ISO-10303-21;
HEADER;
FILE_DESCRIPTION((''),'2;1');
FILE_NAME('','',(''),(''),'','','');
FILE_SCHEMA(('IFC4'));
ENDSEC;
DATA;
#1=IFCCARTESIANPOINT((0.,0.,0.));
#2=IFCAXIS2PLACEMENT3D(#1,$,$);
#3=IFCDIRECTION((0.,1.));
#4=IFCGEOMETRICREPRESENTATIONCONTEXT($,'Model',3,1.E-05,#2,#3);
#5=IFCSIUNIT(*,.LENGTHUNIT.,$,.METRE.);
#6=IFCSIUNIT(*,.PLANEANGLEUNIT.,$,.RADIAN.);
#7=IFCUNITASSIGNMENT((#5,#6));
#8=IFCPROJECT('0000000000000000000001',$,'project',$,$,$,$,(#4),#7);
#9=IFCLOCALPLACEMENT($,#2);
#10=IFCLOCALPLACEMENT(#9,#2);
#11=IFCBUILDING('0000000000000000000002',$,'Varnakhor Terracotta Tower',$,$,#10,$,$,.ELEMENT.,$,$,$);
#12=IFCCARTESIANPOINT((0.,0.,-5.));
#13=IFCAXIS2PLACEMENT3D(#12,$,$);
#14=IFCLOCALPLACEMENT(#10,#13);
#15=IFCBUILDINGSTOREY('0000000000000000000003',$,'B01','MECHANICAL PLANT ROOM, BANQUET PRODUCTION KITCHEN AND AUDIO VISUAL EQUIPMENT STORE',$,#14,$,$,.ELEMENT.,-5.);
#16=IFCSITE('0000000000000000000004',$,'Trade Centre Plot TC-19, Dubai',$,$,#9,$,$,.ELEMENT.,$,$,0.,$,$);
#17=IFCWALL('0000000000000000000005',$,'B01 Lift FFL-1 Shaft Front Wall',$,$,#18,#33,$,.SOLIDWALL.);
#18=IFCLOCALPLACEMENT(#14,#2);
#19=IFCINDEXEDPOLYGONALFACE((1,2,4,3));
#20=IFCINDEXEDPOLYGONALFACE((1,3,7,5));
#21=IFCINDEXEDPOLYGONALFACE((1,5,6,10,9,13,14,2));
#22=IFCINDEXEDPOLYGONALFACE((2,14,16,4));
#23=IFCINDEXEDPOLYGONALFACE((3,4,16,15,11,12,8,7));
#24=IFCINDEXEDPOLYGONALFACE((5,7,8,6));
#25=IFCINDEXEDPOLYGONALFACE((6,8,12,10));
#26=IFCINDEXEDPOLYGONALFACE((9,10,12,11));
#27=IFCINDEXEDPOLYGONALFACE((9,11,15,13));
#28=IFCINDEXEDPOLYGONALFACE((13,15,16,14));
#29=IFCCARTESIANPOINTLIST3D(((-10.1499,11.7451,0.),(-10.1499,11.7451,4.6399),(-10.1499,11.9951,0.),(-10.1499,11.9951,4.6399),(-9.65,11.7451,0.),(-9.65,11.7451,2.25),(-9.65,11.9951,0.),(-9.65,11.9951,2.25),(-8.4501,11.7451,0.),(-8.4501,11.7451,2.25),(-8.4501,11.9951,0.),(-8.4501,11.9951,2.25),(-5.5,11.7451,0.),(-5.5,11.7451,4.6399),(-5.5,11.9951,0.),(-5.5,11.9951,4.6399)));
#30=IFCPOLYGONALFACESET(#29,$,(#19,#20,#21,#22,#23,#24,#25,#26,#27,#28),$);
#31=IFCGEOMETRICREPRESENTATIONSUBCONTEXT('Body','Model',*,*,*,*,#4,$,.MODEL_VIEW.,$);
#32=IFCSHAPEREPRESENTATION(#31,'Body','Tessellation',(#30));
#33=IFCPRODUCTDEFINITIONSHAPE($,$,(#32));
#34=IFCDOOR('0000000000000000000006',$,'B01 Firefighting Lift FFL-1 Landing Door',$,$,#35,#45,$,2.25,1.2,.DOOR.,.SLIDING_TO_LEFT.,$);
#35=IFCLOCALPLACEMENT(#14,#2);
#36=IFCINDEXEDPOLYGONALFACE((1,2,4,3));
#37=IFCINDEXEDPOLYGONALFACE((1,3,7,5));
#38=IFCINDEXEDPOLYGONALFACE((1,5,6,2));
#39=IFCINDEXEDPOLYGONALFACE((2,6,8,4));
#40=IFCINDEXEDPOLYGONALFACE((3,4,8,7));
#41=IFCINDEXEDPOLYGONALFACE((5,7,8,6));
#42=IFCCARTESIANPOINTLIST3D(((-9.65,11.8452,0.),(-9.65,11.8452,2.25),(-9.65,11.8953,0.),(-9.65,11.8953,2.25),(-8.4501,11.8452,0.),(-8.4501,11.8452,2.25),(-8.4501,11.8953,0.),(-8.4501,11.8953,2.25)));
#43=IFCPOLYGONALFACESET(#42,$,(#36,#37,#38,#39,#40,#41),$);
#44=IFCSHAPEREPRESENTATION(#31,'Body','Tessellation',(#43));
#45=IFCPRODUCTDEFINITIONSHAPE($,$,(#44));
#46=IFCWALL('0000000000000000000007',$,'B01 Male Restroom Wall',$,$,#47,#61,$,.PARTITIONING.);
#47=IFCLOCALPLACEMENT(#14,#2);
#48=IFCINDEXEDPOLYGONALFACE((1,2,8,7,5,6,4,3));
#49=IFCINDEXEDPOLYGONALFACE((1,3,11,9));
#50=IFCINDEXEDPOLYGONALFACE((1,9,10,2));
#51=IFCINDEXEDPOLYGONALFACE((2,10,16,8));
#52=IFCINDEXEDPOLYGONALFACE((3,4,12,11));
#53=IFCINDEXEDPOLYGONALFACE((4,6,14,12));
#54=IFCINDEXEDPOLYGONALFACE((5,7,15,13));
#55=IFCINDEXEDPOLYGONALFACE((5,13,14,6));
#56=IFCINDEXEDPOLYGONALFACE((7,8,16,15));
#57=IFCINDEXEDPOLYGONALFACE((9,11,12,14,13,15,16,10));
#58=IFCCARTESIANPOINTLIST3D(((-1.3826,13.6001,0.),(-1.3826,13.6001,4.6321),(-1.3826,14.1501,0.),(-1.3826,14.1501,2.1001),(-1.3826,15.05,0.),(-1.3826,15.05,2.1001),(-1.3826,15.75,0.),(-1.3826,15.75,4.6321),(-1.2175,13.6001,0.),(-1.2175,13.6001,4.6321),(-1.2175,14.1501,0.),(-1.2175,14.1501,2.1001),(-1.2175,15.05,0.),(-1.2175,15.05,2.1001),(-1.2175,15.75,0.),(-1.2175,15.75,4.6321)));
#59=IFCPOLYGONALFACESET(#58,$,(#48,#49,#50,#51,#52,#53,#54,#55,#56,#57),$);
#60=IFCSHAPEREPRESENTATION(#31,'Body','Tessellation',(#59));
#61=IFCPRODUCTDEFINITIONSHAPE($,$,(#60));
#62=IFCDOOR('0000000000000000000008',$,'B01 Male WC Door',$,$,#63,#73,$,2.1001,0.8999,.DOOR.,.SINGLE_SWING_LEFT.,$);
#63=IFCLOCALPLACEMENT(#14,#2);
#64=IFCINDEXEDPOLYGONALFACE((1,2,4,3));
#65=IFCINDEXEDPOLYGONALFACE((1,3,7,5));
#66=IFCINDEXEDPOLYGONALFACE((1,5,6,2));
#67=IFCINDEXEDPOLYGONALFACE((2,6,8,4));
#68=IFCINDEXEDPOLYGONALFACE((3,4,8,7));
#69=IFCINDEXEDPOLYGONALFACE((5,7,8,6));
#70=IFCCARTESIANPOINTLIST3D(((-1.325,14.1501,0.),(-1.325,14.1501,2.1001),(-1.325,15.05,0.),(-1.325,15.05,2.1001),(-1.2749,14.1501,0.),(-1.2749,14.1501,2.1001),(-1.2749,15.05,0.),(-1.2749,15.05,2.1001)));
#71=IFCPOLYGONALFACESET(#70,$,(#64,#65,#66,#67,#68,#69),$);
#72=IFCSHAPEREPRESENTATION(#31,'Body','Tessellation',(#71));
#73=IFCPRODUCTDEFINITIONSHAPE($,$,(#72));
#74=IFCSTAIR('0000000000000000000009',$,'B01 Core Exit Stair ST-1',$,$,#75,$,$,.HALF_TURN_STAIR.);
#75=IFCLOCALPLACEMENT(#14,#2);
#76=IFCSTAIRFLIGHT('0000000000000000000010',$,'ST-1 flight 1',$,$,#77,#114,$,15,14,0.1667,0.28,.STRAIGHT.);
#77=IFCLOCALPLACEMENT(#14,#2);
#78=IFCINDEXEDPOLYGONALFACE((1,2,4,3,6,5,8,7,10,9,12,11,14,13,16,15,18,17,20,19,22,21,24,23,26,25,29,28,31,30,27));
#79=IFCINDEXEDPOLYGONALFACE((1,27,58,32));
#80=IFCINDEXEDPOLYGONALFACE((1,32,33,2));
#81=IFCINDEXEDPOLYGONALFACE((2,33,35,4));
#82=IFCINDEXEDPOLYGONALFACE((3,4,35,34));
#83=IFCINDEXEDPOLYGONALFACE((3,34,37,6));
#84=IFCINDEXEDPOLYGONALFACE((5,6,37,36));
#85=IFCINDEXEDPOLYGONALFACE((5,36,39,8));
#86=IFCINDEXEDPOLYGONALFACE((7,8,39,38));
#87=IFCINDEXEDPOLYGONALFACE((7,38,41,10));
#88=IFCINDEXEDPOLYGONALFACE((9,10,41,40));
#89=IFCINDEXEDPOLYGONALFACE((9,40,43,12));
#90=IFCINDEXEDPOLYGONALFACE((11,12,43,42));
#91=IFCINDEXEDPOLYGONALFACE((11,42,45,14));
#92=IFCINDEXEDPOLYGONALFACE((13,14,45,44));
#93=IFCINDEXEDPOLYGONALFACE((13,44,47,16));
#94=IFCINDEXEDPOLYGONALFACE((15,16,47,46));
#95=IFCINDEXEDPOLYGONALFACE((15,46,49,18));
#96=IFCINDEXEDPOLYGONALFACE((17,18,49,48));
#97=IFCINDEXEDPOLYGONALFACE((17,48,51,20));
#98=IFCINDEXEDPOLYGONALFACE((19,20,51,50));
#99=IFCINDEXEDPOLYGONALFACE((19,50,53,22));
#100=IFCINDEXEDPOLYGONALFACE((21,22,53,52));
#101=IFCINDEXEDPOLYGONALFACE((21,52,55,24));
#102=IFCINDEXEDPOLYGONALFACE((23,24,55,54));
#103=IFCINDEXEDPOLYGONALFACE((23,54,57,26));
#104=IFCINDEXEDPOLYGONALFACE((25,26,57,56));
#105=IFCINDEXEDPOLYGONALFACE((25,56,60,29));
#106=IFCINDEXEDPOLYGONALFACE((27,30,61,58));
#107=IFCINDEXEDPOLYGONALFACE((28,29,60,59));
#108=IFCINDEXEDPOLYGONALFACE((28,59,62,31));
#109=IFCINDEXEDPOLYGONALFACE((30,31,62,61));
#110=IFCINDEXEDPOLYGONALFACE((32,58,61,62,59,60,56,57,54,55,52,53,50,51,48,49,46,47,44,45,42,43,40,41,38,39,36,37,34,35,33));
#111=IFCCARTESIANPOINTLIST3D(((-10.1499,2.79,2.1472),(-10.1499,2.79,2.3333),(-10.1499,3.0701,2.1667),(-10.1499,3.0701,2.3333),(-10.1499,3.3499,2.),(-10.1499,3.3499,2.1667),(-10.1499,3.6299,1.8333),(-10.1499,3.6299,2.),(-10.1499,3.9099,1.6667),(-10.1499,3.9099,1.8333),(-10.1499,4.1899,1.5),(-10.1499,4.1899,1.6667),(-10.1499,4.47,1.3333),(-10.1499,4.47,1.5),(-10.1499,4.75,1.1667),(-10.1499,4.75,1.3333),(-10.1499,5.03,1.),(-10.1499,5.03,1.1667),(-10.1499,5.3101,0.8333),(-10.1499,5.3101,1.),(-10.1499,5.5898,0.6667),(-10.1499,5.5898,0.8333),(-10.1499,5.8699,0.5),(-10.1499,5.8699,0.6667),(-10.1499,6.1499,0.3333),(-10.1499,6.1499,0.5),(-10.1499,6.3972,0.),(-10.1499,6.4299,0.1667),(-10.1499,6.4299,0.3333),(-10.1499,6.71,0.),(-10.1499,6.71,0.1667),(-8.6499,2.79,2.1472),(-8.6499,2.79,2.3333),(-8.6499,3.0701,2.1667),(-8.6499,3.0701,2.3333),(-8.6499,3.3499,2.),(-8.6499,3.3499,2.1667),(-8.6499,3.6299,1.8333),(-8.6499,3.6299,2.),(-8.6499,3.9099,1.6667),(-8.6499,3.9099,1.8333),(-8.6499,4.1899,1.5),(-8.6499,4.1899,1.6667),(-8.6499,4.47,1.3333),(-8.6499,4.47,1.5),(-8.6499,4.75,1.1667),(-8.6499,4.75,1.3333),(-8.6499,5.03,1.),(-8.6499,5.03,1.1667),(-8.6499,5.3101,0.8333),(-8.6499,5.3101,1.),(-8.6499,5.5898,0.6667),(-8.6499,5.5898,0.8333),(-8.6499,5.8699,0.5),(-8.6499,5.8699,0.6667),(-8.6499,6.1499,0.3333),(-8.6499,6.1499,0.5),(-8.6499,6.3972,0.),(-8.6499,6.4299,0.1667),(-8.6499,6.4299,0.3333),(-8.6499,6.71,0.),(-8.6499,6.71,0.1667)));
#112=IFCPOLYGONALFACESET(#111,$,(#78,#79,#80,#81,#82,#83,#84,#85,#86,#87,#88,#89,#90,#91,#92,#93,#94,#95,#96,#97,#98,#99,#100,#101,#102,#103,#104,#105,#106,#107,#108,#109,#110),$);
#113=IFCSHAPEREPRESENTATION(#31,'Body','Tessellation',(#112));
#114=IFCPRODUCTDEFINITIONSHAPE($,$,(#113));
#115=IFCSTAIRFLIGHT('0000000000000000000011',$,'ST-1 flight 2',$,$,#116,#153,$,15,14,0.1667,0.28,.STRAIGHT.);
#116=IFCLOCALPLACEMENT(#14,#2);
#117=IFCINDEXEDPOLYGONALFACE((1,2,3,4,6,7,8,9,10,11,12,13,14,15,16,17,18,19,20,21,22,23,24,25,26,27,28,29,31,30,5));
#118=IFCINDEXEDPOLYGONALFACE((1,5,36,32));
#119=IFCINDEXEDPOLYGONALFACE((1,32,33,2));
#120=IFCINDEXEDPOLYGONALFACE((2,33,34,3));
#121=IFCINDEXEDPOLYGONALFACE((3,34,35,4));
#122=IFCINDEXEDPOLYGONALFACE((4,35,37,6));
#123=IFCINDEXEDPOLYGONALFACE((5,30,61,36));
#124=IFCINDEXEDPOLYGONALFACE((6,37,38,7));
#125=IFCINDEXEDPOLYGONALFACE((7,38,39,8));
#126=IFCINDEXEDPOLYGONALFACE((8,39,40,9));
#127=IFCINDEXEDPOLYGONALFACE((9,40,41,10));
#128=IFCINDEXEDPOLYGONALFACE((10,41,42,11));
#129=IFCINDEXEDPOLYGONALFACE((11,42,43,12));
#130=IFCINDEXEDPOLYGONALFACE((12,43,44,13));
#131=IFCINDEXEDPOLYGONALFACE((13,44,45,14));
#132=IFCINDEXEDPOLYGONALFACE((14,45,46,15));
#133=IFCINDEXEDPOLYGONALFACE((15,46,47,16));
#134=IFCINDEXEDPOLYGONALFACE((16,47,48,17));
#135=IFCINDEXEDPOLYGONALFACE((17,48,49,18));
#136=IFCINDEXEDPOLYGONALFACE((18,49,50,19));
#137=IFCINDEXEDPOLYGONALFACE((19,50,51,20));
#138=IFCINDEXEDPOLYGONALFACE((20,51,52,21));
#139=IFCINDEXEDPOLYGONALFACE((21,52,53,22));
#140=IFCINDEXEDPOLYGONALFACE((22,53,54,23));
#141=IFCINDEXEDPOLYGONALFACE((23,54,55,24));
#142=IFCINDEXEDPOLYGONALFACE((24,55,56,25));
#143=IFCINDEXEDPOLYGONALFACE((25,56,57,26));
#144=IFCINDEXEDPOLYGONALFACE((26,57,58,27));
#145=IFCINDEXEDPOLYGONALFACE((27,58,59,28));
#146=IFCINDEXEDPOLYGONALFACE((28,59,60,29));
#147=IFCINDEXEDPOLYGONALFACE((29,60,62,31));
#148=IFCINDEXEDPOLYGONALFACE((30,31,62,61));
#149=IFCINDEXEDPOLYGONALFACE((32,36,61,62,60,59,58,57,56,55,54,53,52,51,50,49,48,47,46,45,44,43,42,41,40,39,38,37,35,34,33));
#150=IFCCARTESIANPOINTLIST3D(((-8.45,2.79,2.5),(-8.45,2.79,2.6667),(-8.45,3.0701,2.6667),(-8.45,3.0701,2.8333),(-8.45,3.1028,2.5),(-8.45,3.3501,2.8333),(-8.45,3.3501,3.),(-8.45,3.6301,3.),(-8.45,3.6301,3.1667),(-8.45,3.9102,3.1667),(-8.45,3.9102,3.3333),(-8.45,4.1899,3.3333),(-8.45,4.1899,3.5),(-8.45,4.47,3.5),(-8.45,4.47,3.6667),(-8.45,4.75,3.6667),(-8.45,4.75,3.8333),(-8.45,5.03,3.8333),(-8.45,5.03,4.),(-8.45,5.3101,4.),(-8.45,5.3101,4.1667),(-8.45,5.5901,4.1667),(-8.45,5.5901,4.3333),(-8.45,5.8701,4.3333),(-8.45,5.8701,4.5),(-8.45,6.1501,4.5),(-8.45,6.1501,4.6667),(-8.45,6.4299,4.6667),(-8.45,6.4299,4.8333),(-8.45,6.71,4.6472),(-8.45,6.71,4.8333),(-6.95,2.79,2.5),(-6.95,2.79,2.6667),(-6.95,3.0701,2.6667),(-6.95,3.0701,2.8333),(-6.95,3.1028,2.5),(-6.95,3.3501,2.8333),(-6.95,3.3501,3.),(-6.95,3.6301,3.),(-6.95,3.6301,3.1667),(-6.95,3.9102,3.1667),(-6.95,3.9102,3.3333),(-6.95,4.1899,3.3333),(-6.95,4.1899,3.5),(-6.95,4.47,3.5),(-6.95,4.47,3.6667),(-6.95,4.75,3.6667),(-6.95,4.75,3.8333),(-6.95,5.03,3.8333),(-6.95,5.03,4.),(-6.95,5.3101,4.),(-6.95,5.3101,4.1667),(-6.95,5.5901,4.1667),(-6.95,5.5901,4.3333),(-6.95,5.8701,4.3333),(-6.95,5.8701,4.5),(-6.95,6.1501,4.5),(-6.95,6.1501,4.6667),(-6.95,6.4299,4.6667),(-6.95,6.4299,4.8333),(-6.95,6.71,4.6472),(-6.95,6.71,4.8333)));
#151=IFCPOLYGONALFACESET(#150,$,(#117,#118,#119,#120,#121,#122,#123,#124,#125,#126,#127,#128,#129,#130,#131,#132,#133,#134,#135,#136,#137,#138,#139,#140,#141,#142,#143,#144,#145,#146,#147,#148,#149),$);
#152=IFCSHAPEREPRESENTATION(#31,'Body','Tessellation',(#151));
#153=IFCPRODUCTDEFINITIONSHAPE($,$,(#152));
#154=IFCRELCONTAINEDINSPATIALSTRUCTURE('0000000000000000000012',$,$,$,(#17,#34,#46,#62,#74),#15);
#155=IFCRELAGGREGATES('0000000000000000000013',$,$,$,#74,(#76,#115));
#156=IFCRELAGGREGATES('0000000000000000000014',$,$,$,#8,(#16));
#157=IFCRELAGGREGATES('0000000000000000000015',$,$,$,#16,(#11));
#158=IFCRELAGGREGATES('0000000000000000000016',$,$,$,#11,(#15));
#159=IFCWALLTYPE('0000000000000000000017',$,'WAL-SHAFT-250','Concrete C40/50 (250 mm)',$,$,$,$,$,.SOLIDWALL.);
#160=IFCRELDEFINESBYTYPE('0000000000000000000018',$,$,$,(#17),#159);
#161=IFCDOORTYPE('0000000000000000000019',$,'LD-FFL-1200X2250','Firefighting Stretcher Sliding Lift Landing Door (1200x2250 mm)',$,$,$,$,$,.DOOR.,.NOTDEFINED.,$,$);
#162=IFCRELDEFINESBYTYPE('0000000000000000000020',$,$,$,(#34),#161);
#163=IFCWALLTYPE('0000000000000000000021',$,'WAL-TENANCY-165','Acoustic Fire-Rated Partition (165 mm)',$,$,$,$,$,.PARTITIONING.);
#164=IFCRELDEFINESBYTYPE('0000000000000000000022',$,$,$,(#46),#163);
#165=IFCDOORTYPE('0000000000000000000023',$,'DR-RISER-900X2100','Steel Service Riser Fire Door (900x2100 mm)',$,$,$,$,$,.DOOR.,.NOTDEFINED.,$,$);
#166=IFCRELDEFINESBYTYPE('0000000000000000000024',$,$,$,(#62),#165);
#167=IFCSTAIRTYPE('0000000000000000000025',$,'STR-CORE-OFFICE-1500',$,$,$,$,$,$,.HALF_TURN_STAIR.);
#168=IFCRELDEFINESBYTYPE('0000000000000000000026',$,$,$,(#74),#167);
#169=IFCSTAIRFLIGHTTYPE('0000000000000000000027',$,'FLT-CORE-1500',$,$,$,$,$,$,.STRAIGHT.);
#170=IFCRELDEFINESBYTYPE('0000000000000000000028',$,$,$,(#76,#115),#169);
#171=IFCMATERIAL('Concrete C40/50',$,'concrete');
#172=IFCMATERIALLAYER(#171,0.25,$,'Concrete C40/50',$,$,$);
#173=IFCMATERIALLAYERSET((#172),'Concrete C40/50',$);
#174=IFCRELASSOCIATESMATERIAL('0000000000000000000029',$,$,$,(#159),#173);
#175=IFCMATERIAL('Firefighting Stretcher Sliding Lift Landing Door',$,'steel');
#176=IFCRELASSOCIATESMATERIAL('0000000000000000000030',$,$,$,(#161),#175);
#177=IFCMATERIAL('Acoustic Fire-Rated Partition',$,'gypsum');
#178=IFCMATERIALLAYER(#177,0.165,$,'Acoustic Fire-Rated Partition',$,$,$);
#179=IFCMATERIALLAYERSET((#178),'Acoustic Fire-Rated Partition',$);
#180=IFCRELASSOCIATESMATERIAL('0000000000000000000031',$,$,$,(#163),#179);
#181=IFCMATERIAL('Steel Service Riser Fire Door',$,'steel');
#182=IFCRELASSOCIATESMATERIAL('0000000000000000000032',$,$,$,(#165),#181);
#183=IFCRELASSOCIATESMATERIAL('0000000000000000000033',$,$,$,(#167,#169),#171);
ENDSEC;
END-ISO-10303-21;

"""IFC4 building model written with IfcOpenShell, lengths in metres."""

from ifc_helpers import new_model, si_unit, direction, frame, frame_2d, origin, place, context, subcontext, project, spatial, polyline, rectangle, outline, extrude, source, transform, mapped, material, layer, layer_set, type_object, type_shapes, element, fill, aggregate, save


model = new_model("IFC4")

# Units and contexts
model_context = context("Model", 3, precision=1e-05, world=origin(), true_north=direction((0.0, 1.0)))
body_context = subcontext(model_context, "Body", "Model", "MODEL_VIEW")
ifc_project = project(units=[si_unit("LENGTHUNIT", "METRE"), si_unit("PLANEANGLEUNIT", "RADIAN")], contexts=[model_context])

# Site, building, storey
site_placement = place(None, origin())
site = spatial("IfcSite", under=ifc_project, at=site_placement, Name="Trade Centre Plot TC-19, Dubai", CompositionType="ELEMENT", RefElevation=0.0)
building_placement = place(site_placement, origin())
building = spatial("IfcBuilding", under=site, at=building_placement, Name="Varnakhor Terracotta Tower", CompositionType="ELEMENT")
storey_placement = place(building_placement, frame((0.0, 0.0, -5.0)))
storey = spatial("IfcBuildingStorey", under=building, at=storey_placement, Name="B01", Description="MECHANICAL PLANT ROOM, BANQUET PRODUCTION KITCHEN AND AUDIO VISUAL EQUIPMENT STORE", CompositionType="ELEMENT", Elevation=-5.0)

# Shared definitions
ifc_material_1 = material(Name="Concrete C40/50", Category="concrete")

# Shared definitions
ifc_layer_1 = layer(ifc_material_1, 0.25, Name="Concrete C40/50")
ifc_layer_set_1 = layer_set([ifc_layer_1], Name="Concrete C40/50")
wall_type_1 = type_object("IfcWallType", Name="WAL-SHAFT-250", Description="Concrete C40/50 (250 mm)", PredefinedType="SOLIDWALL", material=ifc_layer_set_1)

# Walls, openings, doors
wall_1_placement = place(storey_placement, frame((-5.5, 11.8701, 0.0), z_axis=(0.0, 0.0, 1.0), x_axis=(-1.0, 0.0, 0.0)))
wall_1 = element("IfcWall", 1, at=wall_1_placement, inside=storey, type_object=wall_type_1, Name="B01 Lift FFL-1 Shaft Front Wall", PredefinedType="SOLIDWALL", context=body_context, shape_type="SweptSolid", body=[
    extrude(rectangle(XDim=4.6499, YDim=0.25, at=frame_2d((2.325, 0.0))), origin(), (0.0, 0.0, 1.0), 4.6399),
])
opening_1_placement = place(wall_1_placement, frame((2.95, 0.0, 0.0)))
opening_1 = element("IfcOpeningElement", 2, at=opening_1_placement, cuts=wall_1, PredefinedType="OPENING", context=body_context, shape_type="SweptSolid", body=[
    extrude(rectangle(XDim=1.2, YDim=2.25, at=frame_2d((0.6001, 1.125))), frame((0.0, 0.135, 0.0), z_axis=(0.0, -1.0, 0.0), x_axis=(1.0, 0.0, 0.0)), (0.0, 0.0, 1.0), 0.27),
])
ifc_material_2 = material(Name="Firefighting Stretcher Sliding Lift Landing Door", Category="steel")
door_type_1 = type_object("IfcDoorType", Name="LD-FFL-1200X2250", Description="Firefighting Stretcher Sliding Lift Landing Door (1200x2250 mm)", OperationType="NOTDEFINED", PredefinedType="DOOR", material=ifc_material_2)
shared_shape_1 = source(origin(), body_context, "Body", "SweptSolid", [
    extrude(rectangle(XDim=1.2, YDim=2.25, at=frame_2d((0.6001, 1.125))), frame((0.0, 0.0249, 0.0), z_axis=(0.0, -1.0, 0.0), x_axis=(1.0, 0.0, 0.0)), (0.0, 0.0, 1.0), 0.05),
])
type_shapes(door_type_1, [shared_shape_1])
door_1_placement = place(opening_1_placement, origin())
door_1 = element("IfcDoor", 3, at=door_1_placement, inside=storey, type_object=door_type_1, Name="B01 Firefighting Lift FFL-1 Landing Door", OperationType="SLIDING_TO_LEFT", OverallHeight=2.25, OverallWidth=1.2, PredefinedType="DOOR", context=body_context, shape_type="MappedRepresentation", body=[
    mapped(shared_shape_1, transform((0.0, 0.0, 0.0), scale=1.0)),
])
fill(opening_1, door_1)
ifc_material_3 = material(Name="Acoustic Fire-Rated Partition", Category="gypsum")
ifc_layer_2 = layer(ifc_material_3, 0.165, Name="Acoustic Fire-Rated Partition")
ifc_layer_set_2 = layer_set([ifc_layer_2], Name="Acoustic Fire-Rated Partition")
wall_type_2 = type_object("IfcWallType", Name="WAL-TENANCY-165", Description="Acoustic Fire-Rated Partition (165 mm)", PredefinedType="PARTITIONING", material=ifc_layer_set_2)
wall_2_placement = place(storey_placement, frame((-1.3, 13.6001, 0.0), z_axis=(0.0, 0.0, 1.0), x_axis=(0.0, 1.0, 0.0)))
wall_2 = element("IfcWall", 4, at=wall_2_placement, inside=storey, type_object=wall_type_2, Name="B01 Male Restroom Wall", PredefinedType="PARTITIONING", context=body_context, shape_type="SweptSolid", body=[
    extrude(rectangle(XDim=2.1499, YDim=0.165, at=frame_2d((1.075, 0.0))), origin(), (0.0, 0.0, 1.0), 4.6321),
])
opening_2_placement = place(wall_2_placement, frame((0.55, 0.0, 0.0)))
opening_2 = element("IfcOpeningElement", 5, at=opening_2_placement, cuts=wall_2, PredefinedType="OPENING", context=body_context, shape_type="SweptSolid", body=[
    extrude(rectangle(XDim=0.8999, YDim=2.1001, at=frame_2d((0.45, 1.05))), frame((0.0, 0.0925, 0.0), z_axis=(0.0, -1.0, 0.0), x_axis=(1.0, 0.0, 0.0)), (0.0, 0.0, 1.0), 0.1851),
])
ifc_material_4 = material(Name="Steel Service Riser Fire Door", Category="steel")
door_type_2 = type_object("IfcDoorType", Name="DR-RISER-900X2100", Description="Steel Service Riser Fire Door (900x2100 mm)", OperationType="NOTDEFINED", PredefinedType="DOOR", material=ifc_material_4)
shared_shape_2 = source(origin(), body_context, "Body", "SweptSolid", [
    extrude(rectangle(XDim=0.8999, YDim=2.1001, at=frame_2d((0.45, 1.05))), frame((0.0, 0.0249, 0.0), z_axis=(0.0, -1.0, 0.0), x_axis=(1.0, 0.0, 0.0)), (0.0, 0.0, 1.0), 0.05),
])
type_shapes(door_type_2, [shared_shape_2])
door_2_placement = place(opening_2_placement, origin())
door_2 = element("IfcDoor", 6, at=door_2_placement, inside=storey, type_object=door_type_2, Name="B01 Male WC Door", OperationType="SINGLE_SWING_LEFT", OverallHeight=2.1001, OverallWidth=0.8999, PredefinedType="DOOR", context=body_context, shape_type="MappedRepresentation", body=[
    mapped(shared_shape_2, transform((0.0, 0.0, 0.0), scale=1.0)),
])
fill(opening_2, door_2)

# Stair, stair flights
stair_type = type_object("IfcStairType", Name="STR-CORE-OFFICE-1500", PredefinedType="HALF_TURN_STAIR", material=ifc_material_1)
stair_placement = place(storey_placement, origin())
stair = element("IfcStair", 7, at=stair_placement, inside=storey, type_object=stair_type, Name="B01 Core Exit Stair ST-1", PredefinedType="HALF_TURN_STAIR")
stair_flight_type = type_object("IfcStairFlightType", Name="FLT-CORE-1500", PredefinedType="STRAIGHT", material=ifc_material_1)
stair_flight_1_placement = place(storey_placement, frame((-9.3999, 6.71, 0.0), z_axis=(0.0, 0.0, 1.0), x_axis=(0.0, -1.0, 0.0)))
stair_flight_1 = element("IfcStairFlight", 8, at=stair_flight_1_placement, type_object=stair_flight_type, Name="ST-1 flight 1", NumberOfRisers=15, NumberOfTreads=14, PredefinedType="STRAIGHT", RiserHeight=0.1667, TreadLength=0.28, context=body_context, shape_type="SweptSolid", body=[
    extrude(outline(polyline([(0.0, 0.0), (0.0, 0.1667), (0.28, 0.1667), (0.28, 0.3333), (0.5601, 0.3333), (0.5601, 0.5), (0.8401, 0.5), (0.8401, 0.6667), (1.1201, 0.6667), (1.1201, 0.8333), (1.3999, 0.8333), (1.3999, 1.0), (1.6799, 1.0), (1.6799, 1.1667), (1.96, 1.1667), (1.96, 1.3333), (2.24, 1.3333), (2.24, 1.5), (2.52, 1.5), (2.52, 1.6667), (2.8, 1.6667), (2.8, 1.8333), (3.0801, 1.8333), (3.0801, 2.0), (3.3601, 2.0), (3.3601, 2.1667), (3.6399, 2.1667), (3.6399, 2.3333), (3.9199, 2.3333), (3.9199, 2.5), (3.9199, 2.1472), (0.3127, 0.0), (0.0, 0.0)])), frame((0.0, 0.75, 0.0), z_axis=(0.0, -1.0, 0.0), x_axis=(1.0, 0.0, 0.0)), (0.0, 0.0, 1.0), 1.5),
])
stair_flight_2_placement = place(storey_placement, frame((-7.7, 2.79, 2.5), z_axis=(0.0, 0.0, 1.0), x_axis=(0.0, 1.0, 0.0)))
stair_flight_2 = element("IfcStairFlight", 9, at=stair_flight_2_placement, type_object=stair_flight_type, Name="ST-1 flight 2", NumberOfRisers=15, NumberOfTreads=14, PredefinedType="STRAIGHT", RiserHeight=0.1667, TreadLength=0.28, context=body_context, shape_type="SweptSolid", body=[
    extrude(outline(polyline([(0.0, 0.0), (0.0, 0.1667), (0.28, 0.1667), (0.28, 0.3333), (0.5601, 0.3333), (0.5601, 0.5), (0.8401, 0.5), (0.8401, 0.6667), (1.1201, 0.6667), (1.1201, 0.8333), (1.3999, 0.8333), (1.3999, 1.0), (1.6799, 1.0), (1.6799, 1.1667), (1.96, 1.1667), (1.96, 1.3333), (2.24, 1.3333), (2.24, 1.5), (2.52, 1.5), (2.52, 1.6667), (2.8, 1.6667), (2.8, 1.8333), (3.0801, 1.8333), (3.0801, 2.0), (3.3601, 2.0), (3.3601, 2.1667), (3.6399, 2.1667), (3.6399, 2.3333), (3.9199, 2.3333), (3.9199, 2.5), (3.9199, 2.1472), (0.3127, 0.0), (0.0, 0.0)])), frame((0.0, 0.75, 0.0), z_axis=(0.0, -1.0, 0.0), x_axis=(1.0, 0.0, 0.0)), (0.0, 0.0, 1.0), 1.5),
])
aggregate(stair, [stair_flight_1, stair_flight_2])

save(model, "model.ifc")
